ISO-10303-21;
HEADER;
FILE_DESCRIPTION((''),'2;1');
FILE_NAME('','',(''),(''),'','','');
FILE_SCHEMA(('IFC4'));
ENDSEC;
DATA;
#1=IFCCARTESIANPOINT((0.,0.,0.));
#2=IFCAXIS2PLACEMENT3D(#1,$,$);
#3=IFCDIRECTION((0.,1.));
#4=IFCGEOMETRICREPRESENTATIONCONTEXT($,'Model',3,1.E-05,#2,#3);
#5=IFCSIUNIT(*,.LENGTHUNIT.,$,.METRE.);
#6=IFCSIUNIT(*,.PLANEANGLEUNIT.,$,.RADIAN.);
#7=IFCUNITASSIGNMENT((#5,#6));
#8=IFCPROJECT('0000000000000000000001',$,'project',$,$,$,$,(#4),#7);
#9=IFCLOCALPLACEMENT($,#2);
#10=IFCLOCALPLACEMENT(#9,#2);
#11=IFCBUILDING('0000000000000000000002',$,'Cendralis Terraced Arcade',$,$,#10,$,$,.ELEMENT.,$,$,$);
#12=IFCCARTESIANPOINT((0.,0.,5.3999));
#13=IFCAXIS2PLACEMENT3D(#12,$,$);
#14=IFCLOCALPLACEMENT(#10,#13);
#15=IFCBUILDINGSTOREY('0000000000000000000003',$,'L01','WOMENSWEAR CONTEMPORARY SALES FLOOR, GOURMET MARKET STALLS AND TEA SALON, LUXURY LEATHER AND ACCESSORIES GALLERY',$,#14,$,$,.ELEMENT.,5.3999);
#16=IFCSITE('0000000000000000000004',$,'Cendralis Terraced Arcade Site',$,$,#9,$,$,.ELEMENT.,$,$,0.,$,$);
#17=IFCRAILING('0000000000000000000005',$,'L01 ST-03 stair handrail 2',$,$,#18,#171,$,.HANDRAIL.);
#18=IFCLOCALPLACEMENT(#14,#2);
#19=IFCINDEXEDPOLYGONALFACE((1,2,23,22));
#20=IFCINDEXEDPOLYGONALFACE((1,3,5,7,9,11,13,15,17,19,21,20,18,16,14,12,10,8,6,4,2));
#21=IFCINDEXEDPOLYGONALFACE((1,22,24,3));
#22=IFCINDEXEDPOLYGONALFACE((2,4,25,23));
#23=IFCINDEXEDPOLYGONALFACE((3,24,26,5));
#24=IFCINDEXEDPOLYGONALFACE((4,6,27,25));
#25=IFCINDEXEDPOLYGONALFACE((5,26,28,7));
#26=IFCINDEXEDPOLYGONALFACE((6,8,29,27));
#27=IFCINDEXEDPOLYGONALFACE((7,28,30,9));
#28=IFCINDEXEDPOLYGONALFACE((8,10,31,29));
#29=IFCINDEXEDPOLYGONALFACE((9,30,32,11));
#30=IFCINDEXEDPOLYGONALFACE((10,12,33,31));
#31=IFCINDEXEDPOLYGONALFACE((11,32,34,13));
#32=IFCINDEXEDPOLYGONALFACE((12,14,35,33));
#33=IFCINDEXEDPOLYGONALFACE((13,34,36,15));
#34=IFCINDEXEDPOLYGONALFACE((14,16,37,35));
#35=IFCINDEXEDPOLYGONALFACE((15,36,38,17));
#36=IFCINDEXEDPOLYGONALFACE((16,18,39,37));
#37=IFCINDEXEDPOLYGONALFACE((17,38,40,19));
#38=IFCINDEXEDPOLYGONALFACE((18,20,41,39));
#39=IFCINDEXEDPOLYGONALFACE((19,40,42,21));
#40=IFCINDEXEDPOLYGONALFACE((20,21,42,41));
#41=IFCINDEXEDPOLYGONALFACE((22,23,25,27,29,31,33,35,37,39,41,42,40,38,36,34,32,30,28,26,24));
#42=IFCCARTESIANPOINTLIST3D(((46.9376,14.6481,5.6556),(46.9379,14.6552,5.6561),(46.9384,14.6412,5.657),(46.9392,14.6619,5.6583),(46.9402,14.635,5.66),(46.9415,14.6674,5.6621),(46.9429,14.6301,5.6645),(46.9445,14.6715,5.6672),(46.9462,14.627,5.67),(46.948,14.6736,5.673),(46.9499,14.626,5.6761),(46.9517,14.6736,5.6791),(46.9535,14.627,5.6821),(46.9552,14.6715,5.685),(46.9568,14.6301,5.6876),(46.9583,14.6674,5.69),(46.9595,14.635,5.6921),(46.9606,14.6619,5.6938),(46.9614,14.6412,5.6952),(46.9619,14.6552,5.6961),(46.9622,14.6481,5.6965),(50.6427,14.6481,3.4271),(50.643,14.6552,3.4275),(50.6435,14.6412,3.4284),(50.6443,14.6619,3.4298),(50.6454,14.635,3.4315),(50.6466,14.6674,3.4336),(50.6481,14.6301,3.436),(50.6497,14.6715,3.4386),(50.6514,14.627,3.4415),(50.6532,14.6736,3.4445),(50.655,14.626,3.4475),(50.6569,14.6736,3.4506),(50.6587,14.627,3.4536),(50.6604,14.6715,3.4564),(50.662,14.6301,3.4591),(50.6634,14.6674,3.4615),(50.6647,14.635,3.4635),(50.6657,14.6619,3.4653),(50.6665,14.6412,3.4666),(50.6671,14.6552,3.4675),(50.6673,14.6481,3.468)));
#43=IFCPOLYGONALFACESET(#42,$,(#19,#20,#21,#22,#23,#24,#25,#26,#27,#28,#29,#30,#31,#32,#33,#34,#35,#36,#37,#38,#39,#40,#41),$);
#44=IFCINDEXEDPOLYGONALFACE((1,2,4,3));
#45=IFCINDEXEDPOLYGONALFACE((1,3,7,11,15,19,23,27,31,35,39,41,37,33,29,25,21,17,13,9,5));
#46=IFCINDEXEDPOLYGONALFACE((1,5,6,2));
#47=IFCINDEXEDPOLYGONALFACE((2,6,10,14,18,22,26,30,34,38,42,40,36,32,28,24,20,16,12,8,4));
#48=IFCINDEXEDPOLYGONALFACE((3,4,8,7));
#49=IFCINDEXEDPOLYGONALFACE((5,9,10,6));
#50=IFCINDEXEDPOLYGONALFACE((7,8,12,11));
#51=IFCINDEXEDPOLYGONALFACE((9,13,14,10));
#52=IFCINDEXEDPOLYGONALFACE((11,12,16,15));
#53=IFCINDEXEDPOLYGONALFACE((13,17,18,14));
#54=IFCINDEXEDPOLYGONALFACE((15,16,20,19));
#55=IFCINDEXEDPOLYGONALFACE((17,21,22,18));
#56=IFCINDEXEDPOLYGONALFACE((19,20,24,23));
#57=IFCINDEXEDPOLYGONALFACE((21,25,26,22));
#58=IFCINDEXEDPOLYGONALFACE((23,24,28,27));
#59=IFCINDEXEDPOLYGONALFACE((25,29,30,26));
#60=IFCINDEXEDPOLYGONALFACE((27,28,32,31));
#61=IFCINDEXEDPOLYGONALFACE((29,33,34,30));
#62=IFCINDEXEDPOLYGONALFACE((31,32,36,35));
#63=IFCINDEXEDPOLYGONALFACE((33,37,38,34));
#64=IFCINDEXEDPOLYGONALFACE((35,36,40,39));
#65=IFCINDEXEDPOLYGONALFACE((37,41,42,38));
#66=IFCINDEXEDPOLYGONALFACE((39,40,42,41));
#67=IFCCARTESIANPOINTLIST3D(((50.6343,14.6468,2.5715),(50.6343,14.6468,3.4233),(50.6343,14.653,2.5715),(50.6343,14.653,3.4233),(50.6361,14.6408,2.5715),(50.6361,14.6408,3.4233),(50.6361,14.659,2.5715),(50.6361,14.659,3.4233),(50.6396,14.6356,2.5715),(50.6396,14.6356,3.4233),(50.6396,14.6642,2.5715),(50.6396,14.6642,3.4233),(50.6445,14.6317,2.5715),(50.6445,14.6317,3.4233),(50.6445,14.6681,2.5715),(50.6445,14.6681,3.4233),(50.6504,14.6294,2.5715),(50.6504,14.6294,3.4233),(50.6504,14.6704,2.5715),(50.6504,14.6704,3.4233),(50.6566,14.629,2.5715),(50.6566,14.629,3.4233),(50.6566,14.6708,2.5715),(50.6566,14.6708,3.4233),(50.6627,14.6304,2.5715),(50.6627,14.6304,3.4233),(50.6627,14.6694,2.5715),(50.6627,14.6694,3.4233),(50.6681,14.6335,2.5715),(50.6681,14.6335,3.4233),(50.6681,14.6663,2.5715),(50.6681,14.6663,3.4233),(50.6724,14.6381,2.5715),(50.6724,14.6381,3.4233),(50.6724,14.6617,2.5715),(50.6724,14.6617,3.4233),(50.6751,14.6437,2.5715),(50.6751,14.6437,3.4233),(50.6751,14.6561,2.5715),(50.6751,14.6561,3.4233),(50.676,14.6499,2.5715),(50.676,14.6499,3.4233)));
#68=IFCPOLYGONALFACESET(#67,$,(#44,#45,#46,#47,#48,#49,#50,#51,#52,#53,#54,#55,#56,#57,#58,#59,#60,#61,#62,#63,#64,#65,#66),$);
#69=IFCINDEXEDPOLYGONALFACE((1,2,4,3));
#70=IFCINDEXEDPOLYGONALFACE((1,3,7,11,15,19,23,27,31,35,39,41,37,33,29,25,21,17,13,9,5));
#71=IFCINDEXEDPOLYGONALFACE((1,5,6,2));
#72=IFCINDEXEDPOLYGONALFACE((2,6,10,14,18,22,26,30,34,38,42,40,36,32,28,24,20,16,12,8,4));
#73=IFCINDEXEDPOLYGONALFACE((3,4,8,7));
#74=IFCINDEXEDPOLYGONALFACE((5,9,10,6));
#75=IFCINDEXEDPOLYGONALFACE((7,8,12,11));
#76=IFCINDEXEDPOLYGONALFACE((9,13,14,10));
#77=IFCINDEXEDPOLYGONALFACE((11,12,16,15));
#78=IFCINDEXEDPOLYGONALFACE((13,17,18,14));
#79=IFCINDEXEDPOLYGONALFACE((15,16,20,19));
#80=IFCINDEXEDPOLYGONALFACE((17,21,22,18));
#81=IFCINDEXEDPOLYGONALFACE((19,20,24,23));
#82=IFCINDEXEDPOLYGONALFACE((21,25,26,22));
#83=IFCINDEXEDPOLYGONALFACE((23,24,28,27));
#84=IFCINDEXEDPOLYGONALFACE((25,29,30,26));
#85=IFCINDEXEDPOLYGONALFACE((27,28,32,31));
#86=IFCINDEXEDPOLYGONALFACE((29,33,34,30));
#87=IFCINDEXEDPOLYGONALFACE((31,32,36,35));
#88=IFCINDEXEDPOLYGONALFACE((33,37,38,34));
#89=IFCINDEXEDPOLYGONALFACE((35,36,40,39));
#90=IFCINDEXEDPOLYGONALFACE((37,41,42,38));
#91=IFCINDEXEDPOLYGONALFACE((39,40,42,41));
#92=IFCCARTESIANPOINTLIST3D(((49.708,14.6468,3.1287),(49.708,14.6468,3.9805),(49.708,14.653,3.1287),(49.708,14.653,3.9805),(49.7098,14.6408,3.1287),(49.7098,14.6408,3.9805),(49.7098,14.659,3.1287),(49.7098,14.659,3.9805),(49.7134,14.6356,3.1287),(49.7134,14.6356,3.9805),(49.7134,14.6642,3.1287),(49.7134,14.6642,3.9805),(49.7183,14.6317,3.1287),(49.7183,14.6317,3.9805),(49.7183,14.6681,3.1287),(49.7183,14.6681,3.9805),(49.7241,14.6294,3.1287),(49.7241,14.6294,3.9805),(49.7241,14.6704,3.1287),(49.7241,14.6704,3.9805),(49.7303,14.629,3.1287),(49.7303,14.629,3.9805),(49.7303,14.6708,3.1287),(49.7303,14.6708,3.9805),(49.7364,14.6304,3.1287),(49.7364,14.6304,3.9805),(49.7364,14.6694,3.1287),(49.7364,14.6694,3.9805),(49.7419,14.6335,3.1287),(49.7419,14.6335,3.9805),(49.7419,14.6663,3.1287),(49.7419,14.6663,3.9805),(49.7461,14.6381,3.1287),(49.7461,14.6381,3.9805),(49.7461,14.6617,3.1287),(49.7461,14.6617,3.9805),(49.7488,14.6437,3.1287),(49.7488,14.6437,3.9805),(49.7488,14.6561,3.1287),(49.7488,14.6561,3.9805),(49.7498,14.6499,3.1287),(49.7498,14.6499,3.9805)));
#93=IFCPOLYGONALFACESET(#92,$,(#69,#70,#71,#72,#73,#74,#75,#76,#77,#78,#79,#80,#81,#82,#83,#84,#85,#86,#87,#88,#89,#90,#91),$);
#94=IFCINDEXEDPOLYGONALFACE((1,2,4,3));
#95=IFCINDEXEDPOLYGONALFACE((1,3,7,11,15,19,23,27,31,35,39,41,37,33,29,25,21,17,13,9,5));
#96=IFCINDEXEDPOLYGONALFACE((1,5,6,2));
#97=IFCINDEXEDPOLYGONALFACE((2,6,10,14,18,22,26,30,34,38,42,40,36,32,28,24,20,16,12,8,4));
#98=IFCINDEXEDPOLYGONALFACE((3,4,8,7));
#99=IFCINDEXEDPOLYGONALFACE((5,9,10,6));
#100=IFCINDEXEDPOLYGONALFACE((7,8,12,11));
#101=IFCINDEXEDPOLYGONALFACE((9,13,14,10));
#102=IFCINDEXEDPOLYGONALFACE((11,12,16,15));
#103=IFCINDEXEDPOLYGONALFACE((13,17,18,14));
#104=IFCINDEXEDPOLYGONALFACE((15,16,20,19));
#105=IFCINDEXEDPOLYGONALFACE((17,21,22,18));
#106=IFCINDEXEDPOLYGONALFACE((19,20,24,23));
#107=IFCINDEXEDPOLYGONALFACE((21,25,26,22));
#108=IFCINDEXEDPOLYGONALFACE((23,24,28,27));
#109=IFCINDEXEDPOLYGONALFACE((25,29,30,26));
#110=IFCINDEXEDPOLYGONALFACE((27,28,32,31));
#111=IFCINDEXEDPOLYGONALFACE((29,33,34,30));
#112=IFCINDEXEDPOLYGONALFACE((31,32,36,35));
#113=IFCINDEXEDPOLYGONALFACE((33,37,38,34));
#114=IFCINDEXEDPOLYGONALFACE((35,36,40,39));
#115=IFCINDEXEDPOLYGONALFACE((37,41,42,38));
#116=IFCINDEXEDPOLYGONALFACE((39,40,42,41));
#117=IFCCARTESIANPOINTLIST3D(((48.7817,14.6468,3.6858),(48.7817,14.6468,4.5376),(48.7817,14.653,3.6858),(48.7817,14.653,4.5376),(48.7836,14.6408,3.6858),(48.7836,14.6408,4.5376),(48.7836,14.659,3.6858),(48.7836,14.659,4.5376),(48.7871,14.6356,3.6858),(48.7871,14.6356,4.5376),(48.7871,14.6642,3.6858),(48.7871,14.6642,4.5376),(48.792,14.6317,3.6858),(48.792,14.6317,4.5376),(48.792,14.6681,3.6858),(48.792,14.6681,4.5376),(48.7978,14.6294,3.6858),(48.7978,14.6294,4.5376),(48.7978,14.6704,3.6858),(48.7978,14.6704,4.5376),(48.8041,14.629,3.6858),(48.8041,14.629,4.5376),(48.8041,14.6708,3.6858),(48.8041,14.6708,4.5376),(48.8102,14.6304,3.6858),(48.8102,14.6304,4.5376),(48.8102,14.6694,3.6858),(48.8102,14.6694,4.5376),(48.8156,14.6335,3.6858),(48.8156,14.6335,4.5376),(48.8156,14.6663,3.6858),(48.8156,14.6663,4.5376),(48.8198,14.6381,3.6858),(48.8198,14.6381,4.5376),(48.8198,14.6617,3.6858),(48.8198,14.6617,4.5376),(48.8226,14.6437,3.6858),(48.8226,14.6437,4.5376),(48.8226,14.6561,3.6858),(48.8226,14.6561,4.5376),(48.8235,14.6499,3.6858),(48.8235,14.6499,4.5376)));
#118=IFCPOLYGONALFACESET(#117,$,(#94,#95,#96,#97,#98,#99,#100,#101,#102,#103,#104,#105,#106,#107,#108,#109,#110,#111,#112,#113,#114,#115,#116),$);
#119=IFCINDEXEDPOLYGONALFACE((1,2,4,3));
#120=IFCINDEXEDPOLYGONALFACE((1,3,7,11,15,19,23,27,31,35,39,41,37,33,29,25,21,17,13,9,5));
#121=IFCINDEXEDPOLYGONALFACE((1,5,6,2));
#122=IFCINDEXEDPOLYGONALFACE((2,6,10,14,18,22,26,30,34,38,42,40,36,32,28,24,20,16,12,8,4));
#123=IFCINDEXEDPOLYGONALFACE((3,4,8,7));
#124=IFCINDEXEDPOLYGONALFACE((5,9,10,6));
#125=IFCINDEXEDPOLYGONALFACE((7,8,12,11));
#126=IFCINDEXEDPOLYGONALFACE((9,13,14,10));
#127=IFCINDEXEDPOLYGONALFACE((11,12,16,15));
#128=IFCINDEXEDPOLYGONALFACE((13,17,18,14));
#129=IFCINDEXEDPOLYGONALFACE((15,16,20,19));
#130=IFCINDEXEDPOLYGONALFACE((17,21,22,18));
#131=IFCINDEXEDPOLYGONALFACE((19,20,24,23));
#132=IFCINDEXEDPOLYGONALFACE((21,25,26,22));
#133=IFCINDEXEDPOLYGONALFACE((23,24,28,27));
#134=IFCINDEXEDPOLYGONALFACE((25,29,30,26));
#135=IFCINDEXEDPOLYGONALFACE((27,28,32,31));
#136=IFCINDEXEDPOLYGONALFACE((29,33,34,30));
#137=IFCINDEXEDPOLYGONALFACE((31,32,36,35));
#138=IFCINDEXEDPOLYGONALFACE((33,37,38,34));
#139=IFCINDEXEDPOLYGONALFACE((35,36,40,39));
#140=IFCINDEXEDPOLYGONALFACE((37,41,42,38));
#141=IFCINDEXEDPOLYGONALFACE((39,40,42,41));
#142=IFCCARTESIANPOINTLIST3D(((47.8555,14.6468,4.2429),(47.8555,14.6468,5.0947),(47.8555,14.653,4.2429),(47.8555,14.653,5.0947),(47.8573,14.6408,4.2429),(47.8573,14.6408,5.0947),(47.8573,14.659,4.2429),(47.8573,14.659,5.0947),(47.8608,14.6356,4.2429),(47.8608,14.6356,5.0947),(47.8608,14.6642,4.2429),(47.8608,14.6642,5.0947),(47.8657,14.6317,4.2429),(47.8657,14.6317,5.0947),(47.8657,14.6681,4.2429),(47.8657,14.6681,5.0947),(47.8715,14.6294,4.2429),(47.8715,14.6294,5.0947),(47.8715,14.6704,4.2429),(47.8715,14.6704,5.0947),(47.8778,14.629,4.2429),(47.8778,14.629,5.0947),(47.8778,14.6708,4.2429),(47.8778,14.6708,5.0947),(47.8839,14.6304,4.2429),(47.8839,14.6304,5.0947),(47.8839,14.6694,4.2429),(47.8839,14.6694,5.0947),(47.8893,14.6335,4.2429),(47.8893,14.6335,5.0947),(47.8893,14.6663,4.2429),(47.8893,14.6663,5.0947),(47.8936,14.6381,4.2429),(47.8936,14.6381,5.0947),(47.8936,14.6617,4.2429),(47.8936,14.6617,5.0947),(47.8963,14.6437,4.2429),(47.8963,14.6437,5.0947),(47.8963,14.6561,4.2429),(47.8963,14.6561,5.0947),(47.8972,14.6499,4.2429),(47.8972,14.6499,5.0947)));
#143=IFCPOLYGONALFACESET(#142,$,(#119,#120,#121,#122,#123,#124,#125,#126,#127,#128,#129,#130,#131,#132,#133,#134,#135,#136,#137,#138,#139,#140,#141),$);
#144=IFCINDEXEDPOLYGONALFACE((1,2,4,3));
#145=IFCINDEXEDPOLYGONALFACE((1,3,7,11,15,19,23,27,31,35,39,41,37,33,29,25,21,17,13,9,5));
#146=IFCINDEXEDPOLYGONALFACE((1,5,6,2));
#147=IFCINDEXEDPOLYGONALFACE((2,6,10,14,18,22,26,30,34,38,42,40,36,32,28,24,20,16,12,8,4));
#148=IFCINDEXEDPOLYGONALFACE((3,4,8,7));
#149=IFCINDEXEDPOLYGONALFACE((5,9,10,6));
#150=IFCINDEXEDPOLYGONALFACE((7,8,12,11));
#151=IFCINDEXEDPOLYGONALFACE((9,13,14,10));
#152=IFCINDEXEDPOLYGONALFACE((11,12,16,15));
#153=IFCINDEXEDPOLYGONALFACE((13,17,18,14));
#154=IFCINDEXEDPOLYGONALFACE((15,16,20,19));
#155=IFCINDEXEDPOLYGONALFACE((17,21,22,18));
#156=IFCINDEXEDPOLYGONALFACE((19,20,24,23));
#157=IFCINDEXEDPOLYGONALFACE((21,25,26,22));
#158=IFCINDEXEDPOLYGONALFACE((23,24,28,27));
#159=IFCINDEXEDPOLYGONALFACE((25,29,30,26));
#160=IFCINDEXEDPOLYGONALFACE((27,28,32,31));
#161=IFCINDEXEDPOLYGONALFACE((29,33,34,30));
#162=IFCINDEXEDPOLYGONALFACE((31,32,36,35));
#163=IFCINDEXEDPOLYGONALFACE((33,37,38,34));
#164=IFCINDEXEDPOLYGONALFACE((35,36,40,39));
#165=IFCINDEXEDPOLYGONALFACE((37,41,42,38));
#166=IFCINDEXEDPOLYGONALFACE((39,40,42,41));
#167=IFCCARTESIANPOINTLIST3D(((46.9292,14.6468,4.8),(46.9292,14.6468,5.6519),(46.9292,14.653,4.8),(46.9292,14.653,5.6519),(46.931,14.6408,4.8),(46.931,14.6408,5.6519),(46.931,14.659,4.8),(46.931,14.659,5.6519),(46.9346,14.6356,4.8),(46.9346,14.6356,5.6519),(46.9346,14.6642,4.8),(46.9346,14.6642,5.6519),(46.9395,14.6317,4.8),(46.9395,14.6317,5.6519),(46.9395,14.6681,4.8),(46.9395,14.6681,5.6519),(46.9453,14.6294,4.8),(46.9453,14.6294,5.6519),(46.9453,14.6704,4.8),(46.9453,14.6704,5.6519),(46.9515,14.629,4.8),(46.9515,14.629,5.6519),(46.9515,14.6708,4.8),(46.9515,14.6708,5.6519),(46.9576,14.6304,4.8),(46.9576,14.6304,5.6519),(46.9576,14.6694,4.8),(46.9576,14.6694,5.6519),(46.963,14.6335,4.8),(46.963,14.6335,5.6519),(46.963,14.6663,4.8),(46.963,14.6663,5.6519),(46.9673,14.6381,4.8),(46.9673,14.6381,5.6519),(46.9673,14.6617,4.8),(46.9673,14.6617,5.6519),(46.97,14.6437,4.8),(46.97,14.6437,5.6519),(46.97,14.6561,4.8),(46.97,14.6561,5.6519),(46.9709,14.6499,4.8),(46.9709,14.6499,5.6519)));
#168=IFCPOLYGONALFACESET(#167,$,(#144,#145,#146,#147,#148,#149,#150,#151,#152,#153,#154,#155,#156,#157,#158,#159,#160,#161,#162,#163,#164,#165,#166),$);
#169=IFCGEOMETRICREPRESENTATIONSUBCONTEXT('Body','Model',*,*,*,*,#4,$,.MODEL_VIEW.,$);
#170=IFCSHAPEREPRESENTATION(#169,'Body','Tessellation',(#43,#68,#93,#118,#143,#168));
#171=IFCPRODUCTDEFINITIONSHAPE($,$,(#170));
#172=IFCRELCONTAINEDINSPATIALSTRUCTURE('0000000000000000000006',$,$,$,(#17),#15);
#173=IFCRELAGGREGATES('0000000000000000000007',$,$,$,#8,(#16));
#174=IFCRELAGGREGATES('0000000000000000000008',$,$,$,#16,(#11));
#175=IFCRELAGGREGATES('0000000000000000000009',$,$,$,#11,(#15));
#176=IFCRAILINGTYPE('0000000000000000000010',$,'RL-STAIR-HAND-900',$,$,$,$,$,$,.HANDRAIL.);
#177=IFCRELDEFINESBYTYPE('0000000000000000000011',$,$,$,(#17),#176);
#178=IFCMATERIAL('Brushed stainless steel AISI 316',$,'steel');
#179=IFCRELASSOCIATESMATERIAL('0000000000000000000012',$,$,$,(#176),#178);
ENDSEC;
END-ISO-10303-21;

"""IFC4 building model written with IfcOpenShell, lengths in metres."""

from ifc_helpers import new_model, si_unit, direction, frame, origin, origin_2d, place, context, subcontext, project, spatial, circle, extrude, material, type_object, element, save


model = new_model("IFC4")

# Units and contexts
model_context = context("Model", 3, precision=1e-05, world=origin(), true_north=direction((0.0, 1.0)))
body_context = subcontext(model_context, "Body", "Model", "MODEL_VIEW")
ifc_project = project(units=[si_unit("LENGTHUNIT", "METRE"), si_unit("PLANEANGLEUNIT", "RADIAN")], contexts=[model_context])

# Site, building, storey
site_placement = place(None, origin())
site = spatial("IfcSite", under=ifc_project, at=site_placement, Name="Cendralis Terraced Arcade Site", CompositionType="ELEMENT", RefElevation=0.0)
building_placement = place(site_placement, origin())
building = spatial("IfcBuilding", under=site, at=building_placement, Name="Cendralis Terraced Arcade", CompositionType="ELEMENT")
storey_placement = place(building_placement, frame((0.0, 0.0, 5.3999)))
storey = spatial("IfcBuildingStorey", under=building, at=storey_placement, Name="L01", Description="WOMENSWEAR CONTEMPORARY SALES FLOOR, GOURMET MARKET STALLS AND TEA SALON, LUXURY LEATHER AND ACCESSORIES GALLERY", CompositionType="ELEMENT", Elevation=5.3999)

# Railing
ifc_material_1 = material(Name="Brushed stainless steel AISI 316", Category="steel")
railing_type_1 = type_object("IfcRailingType", Name="RL-STAIR-HAND-900", PredefinedType="HANDRAIL", material=ifc_material_1)
railing_1_placement = place(storey_placement, frame((50.655, 14.6499, 2.5715)))
element("IfcRailing", 1, at=railing_1_placement, inside=storey, type_object=railing_type_1, Name="L01 ST-03 stair handrail 2", PredefinedType="HANDRAIL", context=body_context, shape_type="SweptSolid", body=[
    extrude(circle(Radius=0.0239, at=origin_2d()), frame((0.0, 0.0, 0.876), z_axis=(-0.856934, 0.0, 0.515425), x_axis=(0.0, -1.0, 0.0)), (0.0, 0.0, 1.0), 4.3237),
    extrude(circle(Radius=0.021, at=origin_2d()), origin(), (0.0, 0.0, 1.0), 0.8518),
    extrude(circle(Radius=0.021, at=origin_2d()), frame((-0.9263, 0.0, 0.5571)), (0.0, 0.0, 1.0), 0.8518),
    extrude(circle(Radius=0.021, at=origin_2d()), frame((-1.8525, 0.0, 1.1143)), (0.0, 0.0, 1.0), 0.8518),
    extrude(circle(Radius=0.021, at=origin_2d()), frame((-2.7788, 0.0, 1.6714)), (0.0, 0.0, 1.0), 0.8518),
    extrude(circle(Radius=0.021, at=origin_2d()), frame((-3.7051, 0.0, 2.2285)), (0.0, 0.0, 1.0), 0.8518),
])

save(model, "model.ifc")
